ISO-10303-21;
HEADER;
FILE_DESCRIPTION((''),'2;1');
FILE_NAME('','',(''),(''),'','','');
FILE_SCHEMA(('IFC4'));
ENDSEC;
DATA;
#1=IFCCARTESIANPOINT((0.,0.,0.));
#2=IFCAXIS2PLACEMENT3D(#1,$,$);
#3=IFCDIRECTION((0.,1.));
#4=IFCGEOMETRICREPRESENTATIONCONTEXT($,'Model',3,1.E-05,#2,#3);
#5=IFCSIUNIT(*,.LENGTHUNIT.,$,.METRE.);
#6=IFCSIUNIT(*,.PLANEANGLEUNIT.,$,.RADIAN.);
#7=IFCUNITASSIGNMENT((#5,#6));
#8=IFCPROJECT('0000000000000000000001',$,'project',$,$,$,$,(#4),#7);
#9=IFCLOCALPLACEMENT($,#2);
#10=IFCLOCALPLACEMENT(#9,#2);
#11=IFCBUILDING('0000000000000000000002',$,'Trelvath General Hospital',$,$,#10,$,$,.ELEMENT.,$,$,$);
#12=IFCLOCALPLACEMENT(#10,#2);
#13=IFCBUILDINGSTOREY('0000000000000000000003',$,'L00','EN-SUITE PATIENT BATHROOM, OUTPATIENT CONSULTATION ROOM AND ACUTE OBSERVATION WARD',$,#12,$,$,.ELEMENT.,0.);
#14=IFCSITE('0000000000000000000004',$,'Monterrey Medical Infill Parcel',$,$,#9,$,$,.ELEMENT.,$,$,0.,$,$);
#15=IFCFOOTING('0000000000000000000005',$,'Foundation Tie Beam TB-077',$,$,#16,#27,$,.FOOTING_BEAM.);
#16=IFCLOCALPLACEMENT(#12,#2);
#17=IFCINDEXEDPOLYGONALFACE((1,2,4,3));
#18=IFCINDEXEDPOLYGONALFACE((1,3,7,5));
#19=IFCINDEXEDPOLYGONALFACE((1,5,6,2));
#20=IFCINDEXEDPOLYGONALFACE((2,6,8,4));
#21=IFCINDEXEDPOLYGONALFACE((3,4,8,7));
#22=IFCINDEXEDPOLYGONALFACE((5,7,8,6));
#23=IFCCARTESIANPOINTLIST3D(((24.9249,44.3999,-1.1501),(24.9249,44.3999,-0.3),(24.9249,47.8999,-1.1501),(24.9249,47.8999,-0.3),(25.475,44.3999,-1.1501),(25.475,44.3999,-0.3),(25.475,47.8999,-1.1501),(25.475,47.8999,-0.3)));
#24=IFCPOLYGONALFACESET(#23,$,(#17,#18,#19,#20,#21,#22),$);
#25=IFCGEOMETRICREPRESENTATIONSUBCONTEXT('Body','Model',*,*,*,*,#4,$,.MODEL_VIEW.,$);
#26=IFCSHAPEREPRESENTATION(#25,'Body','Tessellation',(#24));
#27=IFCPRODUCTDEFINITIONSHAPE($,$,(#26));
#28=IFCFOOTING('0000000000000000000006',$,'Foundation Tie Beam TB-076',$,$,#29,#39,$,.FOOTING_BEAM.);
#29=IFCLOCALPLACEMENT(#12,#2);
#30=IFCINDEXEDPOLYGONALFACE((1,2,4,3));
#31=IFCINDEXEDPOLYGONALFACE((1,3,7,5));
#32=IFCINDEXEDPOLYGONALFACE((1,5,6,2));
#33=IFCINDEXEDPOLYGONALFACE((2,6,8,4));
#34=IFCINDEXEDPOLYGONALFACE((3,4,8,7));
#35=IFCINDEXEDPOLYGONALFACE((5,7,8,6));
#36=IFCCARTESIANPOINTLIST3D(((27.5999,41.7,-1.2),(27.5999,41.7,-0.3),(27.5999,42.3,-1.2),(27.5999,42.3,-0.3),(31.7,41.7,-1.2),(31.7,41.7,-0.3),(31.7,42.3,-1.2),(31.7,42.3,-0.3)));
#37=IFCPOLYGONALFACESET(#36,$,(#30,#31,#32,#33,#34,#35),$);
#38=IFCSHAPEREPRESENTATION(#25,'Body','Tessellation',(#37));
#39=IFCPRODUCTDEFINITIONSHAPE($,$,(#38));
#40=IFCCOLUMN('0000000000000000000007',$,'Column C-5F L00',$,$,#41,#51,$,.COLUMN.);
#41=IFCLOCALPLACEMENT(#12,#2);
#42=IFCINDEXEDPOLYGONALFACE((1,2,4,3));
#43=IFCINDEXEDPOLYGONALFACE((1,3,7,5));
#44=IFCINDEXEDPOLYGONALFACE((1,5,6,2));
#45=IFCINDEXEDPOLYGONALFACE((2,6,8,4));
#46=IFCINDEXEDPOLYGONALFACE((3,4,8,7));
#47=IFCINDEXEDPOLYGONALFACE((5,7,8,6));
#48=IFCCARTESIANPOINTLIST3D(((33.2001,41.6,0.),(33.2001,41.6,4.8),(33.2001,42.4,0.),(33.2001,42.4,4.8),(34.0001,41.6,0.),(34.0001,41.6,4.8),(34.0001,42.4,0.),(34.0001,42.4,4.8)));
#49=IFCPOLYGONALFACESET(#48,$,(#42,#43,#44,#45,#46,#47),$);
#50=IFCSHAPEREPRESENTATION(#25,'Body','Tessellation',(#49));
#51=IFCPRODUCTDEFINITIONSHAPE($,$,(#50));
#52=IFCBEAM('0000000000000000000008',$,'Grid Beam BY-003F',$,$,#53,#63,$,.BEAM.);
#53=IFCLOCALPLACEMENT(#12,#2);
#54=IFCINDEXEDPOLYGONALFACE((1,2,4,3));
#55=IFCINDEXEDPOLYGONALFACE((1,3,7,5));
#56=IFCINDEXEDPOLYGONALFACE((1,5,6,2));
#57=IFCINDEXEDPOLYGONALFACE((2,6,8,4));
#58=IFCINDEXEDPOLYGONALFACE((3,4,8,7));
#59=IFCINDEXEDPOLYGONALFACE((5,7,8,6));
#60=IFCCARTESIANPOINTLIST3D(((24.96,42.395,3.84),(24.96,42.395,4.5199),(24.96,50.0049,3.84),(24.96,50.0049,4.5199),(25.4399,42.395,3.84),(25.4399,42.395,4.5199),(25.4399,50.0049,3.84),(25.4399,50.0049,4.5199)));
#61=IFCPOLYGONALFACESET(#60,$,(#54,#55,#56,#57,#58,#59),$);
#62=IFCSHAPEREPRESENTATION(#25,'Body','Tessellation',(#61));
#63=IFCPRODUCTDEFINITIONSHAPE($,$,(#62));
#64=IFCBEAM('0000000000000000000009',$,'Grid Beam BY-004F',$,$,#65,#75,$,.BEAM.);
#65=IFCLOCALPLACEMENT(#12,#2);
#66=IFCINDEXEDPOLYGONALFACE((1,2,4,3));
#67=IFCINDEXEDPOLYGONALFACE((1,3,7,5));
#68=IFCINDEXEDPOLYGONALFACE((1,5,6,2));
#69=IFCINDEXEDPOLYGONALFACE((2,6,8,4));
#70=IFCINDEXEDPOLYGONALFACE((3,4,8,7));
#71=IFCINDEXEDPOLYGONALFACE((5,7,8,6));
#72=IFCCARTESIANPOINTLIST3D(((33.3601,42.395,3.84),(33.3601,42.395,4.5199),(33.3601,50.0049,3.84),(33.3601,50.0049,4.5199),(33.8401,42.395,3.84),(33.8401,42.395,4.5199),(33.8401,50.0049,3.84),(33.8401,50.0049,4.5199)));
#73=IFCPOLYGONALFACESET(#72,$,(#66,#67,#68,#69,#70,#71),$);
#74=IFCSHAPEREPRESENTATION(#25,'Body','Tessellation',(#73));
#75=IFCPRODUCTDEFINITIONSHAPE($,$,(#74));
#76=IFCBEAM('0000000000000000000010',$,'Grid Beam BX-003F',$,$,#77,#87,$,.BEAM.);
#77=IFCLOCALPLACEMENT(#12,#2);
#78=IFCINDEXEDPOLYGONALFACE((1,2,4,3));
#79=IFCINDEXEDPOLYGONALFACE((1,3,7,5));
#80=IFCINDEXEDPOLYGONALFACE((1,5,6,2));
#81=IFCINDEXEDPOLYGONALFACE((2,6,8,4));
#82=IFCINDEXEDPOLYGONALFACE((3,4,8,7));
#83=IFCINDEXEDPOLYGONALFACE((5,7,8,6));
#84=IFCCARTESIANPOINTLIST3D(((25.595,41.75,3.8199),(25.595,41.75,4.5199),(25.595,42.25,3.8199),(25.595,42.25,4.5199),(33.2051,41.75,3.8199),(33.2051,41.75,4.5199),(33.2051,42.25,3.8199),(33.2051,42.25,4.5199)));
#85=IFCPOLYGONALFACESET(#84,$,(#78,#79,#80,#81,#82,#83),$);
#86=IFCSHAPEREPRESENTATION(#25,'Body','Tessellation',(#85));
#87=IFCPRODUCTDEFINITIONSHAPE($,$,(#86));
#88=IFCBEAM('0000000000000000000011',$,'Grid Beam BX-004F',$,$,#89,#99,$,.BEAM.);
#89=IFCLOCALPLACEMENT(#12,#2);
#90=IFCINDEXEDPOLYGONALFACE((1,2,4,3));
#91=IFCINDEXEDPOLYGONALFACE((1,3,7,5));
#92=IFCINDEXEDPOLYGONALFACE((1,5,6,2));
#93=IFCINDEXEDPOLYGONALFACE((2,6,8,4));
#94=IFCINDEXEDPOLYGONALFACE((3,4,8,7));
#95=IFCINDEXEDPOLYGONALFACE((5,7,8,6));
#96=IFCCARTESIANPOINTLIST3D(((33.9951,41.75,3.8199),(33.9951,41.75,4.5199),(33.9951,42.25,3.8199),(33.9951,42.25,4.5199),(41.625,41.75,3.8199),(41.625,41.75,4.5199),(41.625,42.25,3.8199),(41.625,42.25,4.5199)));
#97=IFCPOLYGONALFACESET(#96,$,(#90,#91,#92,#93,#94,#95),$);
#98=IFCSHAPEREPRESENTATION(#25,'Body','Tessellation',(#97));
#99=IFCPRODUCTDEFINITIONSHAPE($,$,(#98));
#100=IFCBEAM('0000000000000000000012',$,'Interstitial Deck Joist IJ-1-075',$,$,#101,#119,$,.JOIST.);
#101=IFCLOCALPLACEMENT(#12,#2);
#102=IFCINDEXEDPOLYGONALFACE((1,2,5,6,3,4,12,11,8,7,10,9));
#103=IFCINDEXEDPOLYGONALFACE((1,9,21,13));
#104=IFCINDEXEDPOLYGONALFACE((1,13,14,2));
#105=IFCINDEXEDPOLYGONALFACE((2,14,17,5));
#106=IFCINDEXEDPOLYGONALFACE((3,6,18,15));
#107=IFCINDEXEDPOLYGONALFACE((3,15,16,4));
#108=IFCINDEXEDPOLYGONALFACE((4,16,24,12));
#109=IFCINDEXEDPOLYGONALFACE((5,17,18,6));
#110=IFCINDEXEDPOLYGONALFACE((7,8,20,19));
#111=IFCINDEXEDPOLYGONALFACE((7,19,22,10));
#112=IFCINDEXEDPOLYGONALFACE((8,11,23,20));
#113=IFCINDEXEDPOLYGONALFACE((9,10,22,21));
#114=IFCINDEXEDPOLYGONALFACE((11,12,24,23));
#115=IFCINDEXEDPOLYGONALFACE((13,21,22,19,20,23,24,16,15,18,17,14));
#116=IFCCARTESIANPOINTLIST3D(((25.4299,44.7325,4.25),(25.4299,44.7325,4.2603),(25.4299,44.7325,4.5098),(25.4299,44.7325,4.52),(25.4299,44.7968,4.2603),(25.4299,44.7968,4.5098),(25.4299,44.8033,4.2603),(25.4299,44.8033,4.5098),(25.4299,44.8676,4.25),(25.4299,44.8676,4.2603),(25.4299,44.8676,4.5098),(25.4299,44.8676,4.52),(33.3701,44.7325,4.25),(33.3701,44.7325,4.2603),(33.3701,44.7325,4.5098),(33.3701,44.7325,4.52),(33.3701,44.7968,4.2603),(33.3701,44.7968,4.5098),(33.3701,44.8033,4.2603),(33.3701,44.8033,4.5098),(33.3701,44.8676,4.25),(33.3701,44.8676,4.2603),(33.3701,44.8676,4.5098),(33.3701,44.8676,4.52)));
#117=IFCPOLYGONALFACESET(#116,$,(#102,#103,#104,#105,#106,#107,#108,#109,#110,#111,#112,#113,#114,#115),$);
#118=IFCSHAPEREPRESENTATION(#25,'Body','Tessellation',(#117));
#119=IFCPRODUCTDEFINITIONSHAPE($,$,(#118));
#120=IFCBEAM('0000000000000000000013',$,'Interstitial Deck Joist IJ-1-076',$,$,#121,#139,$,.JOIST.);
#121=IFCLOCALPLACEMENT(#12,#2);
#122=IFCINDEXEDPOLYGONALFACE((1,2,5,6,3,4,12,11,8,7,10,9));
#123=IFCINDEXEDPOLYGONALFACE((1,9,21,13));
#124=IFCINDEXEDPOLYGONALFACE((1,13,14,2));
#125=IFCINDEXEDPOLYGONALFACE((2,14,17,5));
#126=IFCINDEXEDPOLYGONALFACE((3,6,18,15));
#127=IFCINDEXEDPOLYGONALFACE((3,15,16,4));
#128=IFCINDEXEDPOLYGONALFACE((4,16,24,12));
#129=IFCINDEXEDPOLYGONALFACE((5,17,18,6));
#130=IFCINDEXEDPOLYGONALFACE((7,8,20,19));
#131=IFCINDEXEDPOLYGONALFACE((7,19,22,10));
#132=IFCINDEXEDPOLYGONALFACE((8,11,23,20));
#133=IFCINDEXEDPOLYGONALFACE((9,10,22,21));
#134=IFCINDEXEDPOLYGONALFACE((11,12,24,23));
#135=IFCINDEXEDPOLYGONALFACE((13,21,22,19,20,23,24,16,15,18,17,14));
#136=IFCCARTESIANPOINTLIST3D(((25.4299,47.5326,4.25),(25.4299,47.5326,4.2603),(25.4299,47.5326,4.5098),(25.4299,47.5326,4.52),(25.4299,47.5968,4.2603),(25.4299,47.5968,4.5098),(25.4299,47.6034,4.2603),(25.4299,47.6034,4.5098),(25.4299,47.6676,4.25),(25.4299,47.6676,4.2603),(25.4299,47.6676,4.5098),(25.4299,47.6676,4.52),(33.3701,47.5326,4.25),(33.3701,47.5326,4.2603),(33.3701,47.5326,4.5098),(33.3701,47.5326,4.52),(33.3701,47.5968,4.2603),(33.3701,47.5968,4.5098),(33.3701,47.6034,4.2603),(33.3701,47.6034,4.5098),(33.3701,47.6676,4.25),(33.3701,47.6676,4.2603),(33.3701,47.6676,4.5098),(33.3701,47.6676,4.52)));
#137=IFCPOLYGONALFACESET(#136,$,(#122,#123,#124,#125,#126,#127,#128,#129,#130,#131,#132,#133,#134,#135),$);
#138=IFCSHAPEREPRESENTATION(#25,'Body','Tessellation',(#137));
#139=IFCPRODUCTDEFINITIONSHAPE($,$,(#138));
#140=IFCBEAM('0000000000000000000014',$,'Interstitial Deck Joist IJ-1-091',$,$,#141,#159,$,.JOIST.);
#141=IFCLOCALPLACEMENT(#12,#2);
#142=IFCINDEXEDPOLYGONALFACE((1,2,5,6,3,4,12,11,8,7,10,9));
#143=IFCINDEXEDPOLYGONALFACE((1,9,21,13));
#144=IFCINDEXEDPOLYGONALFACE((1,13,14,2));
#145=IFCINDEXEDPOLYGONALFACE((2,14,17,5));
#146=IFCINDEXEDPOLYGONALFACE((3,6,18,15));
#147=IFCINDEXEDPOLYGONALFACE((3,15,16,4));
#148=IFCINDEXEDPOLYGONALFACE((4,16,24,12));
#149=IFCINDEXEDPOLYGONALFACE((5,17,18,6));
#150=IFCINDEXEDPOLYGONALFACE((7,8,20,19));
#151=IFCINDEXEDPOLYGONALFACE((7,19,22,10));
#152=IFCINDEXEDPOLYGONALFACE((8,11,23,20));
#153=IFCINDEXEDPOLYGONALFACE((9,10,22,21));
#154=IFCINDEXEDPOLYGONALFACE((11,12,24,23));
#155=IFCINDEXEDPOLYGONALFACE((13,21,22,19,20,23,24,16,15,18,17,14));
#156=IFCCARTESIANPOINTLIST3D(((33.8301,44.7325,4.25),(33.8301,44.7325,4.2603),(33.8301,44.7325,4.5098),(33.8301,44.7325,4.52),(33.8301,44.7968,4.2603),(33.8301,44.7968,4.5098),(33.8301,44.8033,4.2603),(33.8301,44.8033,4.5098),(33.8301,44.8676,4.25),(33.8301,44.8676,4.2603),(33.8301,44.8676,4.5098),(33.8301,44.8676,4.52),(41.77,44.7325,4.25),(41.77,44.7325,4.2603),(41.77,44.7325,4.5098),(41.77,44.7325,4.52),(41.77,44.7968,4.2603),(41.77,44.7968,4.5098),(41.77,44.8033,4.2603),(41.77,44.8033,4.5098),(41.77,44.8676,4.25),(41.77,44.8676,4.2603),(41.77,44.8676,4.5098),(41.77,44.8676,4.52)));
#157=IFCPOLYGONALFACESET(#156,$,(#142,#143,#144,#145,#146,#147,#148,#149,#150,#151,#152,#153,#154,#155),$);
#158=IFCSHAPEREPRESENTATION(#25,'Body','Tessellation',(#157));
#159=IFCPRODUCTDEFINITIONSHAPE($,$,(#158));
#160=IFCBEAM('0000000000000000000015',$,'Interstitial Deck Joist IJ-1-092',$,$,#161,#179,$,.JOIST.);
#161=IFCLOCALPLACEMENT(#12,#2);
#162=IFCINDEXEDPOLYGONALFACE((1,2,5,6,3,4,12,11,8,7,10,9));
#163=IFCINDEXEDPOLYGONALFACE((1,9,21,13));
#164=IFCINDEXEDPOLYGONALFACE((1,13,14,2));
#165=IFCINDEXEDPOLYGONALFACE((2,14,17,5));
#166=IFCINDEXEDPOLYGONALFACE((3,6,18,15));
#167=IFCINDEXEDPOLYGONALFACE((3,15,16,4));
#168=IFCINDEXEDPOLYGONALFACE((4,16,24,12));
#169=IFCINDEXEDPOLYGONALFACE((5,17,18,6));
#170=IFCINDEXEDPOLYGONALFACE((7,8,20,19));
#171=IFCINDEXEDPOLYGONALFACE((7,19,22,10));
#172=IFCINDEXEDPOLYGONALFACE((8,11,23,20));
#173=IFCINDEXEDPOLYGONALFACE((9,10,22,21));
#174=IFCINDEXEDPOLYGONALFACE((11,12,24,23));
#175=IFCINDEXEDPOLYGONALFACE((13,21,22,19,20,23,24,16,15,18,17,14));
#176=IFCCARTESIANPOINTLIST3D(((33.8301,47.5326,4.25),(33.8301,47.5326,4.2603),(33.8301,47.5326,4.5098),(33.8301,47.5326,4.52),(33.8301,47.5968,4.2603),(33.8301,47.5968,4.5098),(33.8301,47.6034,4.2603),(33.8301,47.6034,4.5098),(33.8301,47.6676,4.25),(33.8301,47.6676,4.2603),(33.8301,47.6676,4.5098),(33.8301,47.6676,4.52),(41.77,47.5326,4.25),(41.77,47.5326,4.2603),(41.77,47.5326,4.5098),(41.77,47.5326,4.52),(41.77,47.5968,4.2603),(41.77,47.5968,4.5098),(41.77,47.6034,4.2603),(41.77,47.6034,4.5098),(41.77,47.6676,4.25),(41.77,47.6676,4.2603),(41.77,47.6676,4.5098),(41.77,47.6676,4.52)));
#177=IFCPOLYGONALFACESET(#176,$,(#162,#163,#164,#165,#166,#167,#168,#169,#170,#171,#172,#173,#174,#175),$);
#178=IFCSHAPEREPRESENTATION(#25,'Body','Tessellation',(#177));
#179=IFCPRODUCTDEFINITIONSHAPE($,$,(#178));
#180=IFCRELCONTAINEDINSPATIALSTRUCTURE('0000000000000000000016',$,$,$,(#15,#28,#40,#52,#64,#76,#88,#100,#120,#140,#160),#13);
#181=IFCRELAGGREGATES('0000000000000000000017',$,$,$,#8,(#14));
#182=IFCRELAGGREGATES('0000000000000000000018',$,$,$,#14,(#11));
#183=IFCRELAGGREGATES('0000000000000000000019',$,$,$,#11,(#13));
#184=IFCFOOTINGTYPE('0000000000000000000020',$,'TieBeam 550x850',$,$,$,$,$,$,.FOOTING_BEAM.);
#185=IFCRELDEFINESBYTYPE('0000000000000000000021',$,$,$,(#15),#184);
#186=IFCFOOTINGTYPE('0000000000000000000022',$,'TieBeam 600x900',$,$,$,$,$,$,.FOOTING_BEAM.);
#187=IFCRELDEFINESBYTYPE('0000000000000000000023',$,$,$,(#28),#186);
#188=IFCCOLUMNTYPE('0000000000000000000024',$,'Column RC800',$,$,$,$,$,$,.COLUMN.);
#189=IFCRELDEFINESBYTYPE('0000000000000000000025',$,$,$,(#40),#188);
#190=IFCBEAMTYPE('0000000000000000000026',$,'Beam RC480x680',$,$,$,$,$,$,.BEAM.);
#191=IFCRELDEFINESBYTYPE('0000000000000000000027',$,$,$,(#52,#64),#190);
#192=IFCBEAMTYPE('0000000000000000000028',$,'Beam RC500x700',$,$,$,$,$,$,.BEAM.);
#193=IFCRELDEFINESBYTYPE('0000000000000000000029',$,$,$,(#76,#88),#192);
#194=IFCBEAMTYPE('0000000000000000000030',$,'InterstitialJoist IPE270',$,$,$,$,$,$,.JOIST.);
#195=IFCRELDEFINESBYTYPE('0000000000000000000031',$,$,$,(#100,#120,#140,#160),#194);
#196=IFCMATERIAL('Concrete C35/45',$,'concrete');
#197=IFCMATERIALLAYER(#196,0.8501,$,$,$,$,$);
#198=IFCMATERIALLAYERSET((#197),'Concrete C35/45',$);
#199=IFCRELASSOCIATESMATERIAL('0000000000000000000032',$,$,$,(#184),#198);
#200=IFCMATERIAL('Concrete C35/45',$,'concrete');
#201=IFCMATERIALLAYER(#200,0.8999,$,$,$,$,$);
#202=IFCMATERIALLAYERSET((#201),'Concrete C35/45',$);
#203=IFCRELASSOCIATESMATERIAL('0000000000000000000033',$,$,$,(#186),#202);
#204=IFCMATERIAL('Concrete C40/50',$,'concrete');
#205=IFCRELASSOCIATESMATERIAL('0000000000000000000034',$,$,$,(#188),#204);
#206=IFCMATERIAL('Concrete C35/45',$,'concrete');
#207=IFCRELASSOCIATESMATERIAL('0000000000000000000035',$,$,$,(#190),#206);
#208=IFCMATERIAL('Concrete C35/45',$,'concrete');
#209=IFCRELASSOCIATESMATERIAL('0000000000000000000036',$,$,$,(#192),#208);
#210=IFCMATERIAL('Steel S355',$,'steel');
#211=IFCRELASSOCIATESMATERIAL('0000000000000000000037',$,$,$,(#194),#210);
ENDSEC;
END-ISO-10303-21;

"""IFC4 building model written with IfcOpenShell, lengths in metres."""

from ifc_helpers import new_model, si_unit, direction, frame, origin, origin_2d, place, context, subcontext, project, spatial, rectangle, i_section, extrude, material, layer, layer_set, material_profile, profile_set, type_object, element, save


model = new_model("IFC4")

# Units and contexts
model_context = context("Model", 3, precision=1e-05, world=origin(), true_north=direction((0.0, 1.0)))
body_context = subcontext(model_context, "Body", "Model", "MODEL_VIEW")
ifc_project = project(units=[si_unit("LENGTHUNIT", "METRE"), si_unit("PLANEANGLEUNIT", "RADIAN")], contexts=[model_context])

# Site, building, storey
site_placement = place(None, origin())
site = spatial("IfcSite", under=ifc_project, at=site_placement, Name="Monterrey Medical Infill Parcel", CompositionType="ELEMENT", RefElevation=0.0)
building_placement = place(site_placement, origin())
building = spatial("IfcBuilding", under=site, at=building_placement, Name="Trelvath General Hospital", CompositionType="ELEMENT")
storey_placement = place(building_placement, origin())
storey = spatial("IfcBuildingStorey", under=building, at=storey_placement, Name="L00", Description="EN-SUITE PATIENT BATHROOM, OUTPATIENT CONSULTATION ROOM AND ACUTE OBSERVATION WARD", CompositionType="ELEMENT", Elevation=0.0)

# Footings
ifc_material_1 = material(Name="Concrete C35/45", Category="concrete")
ifc_layer_1 = layer(ifc_material_1, 0.8501)
ifc_layer_set_1 = layer_set([ifc_layer_1], Name="Concrete C35/45")
footing_type_1 = type_object("IfcFootingType", Name="TieBeam 550x850", PredefinedType="FOOTING_BEAM", material=ifc_layer_set_1)
footing_1_placement = place(storey_placement, frame((25.2, 46.1499, -1.1501), z_axis=(0.0, 0.0, 1.0), x_axis=(1.0, 0.0, 0.0)))
element("IfcFooting", 1, at=footing_1_placement, inside=storey, type_object=footing_type_1, Name="Foundation Tie Beam TB-077", PredefinedType="FOOTING_BEAM", context=body_context, shape_type="SweptSolid", body=[
    extrude(rectangle(XDim=0.55, YDim=3.5, at=origin_2d()), origin(), (0.0, 0.0, 1.0), 0.8501),
])
ifc_material_2 = material(Name="Concrete C35/45", Category="concrete")
ifc_layer_2 = layer(ifc_material_2, 0.8999)
ifc_layer_set_2 = layer_set([ifc_layer_2], Name="Concrete C35/45")
footing_type_2 = type_object("IfcFootingType", Name="TieBeam 600x900", PredefinedType="FOOTING_BEAM", material=ifc_layer_set_2)
footing_2_placement = place(storey_placement, frame((29.6499, 42.0, -1.2), z_axis=(0.0, 0.0, 1.0), x_axis=(1.0, 0.0, 0.0)))
element("IfcFooting", 2, at=footing_2_placement, inside=storey, type_object=footing_type_2, Name="Foundation Tie Beam TB-076", PredefinedType="FOOTING_BEAM", context=body_context, shape_type="SweptSolid", body=[
    extrude(rectangle(XDim=4.1001, YDim=0.6001, at=origin_2d()), origin(), (0.0, 0.0, 1.0), 0.8999),
])

# Column
ifc_material_3 = material(Name="Concrete C40/50", Category="concrete")
ifc_material_profile_1 = material_profile(ifc_material_3, rectangle(XDim=0.8, YDim=0.8, at=origin_2d()), Name="RC800x800")
ifc_profile_set_1 = profile_set([ifc_material_profile_1], Name="Concrete C40/50")
column_type = type_object("IfcColumnType", Name="Column RC800", PredefinedType="COLUMN", material=ifc_profile_set_1)
column_placement = place(storey_placement, frame((33.6001, 42.0, 0.0), z_axis=(0.0, 0.0, 1.0), x_axis=(1.0, 0.0, 0.0)))
element("IfcColumn", 3, at=column_placement, inside=storey, type_object=column_type, Name="Column C-5F L00", PredefinedType="COLUMN", context=body_context, shape_type="SweptSolid", body=[
    extrude(rectangle(XDim=0.8, YDim=0.8, at=origin_2d()), origin(), (0.0, 0.0, 1.0), 4.8),
])

# Beams
ifc_material_4 = material(Name="Concrete C35/45", Category="concrete")
ifc_material_profile_2 = material_profile(ifc_material_4, rectangle(XDim=0.48, YDim=0.6799, at=origin_2d()), Name="RCB480x680")
ifc_profile_set_2 = profile_set([ifc_material_profile_2], Name="Concrete C35/45")
beam_type_1 = type_object("IfcBeamType", Name="Beam RC480x680", PredefinedType="BEAM", material=ifc_profile_set_2)
for number, where, z_axis, x_axis, name in (
    (4, (25.2, 42.395, 4.1799), (0.0, 1.0, 0.0), (-1.0, 0.0, 0.0), "Grid Beam BY-003F"),
    (5, (33.6001, 42.395, 4.1799), (0.0, 1.0, 0.0), (-1.0, 0.0, 0.0), "Grid Beam BY-004F"),
):
    element("IfcBeam", number, at=place(storey_placement, frame(where, z_axis=z_axis, x_axis=x_axis)), inside=storey, type_object=beam_type_1, Name=name, PredefinedType="BEAM", context=body_context, shape_type="SweptSolid", body=[
        extrude(rectangle(XDim=0.48, YDim=0.6799, at=origin_2d()), origin(), (0.0, 0.0, 1.0), 7.6099),
    ])
ifc_material_5 = material(Name="Concrete C35/45", Category="concrete")
ifc_material_profile_3 = material_profile(ifc_material_5, rectangle(XDim=0.5, YDim=0.7, at=origin_2d()), Name="RCB500x700")
ifc_profile_set_3 = profile_set([ifc_material_profile_3], Name="Concrete C35/45")
beam_type_2 = type_object("IfcBeamType", Name="Beam RC500x700", PredefinedType="BEAM", material=ifc_profile_set_3)
beam_1_placement = place(storey_placement, frame((25.595, 42.0, 4.1699), z_axis=(1.0, 0.0, 0.0), x_axis=(0.0, 1.0, 0.0)))
element("IfcBeam", 6, at=beam_1_placement, inside=storey, type_object=beam_type_2, Name="Grid Beam BX-003F", PredefinedType="BEAM", context=body_context, shape_type="SweptSolid", body=[
    extrude(rectangle(XDim=0.5, YDim=0.7, at=origin_2d()), origin(), (0.0, 0.0, 1.0), 7.6101),
])
beam_2_placement = place(storey_placement, frame((33.9951, 42.0, 4.1699), z_axis=(1.0, 0.0, 0.0), x_axis=(0.0, 1.0, 0.0)))
element("IfcBeam", 7, at=beam_2_placement, inside=storey, type_object=beam_type_2, Name="Grid Beam BX-004F", PredefinedType="BEAM", context=body_context, shape_type="SweptSolid", body=[
    extrude(rectangle(XDim=0.5, YDim=0.7, at=origin_2d()), origin(), (0.0, 0.0, 1.0), 7.6299),
])
ifc_material_6 = material(Name="Steel S355", Category="steel")
ifc_material_profile_4 = material_profile(ifc_material_6, i_section(OverallWidth=0.135, OverallDepth=0.27, WebThickness=0.0066, FlangeThickness=0.0103, at=origin_2d()), Name="IPE270")
ifc_profile_set_4 = profile_set([ifc_material_profile_4], Name="Steel S355")
beam_type_3 = type_object("IfcBeamType", Name="InterstitialJoist IPE270", PredefinedType="JOIST", material=ifc_profile_set_4)
for number, where, z_axis, x_axis, name in (
    (8, (25.4299, 44.8, 4.385), (1.0, 0.0, 0.0), (0.0, 1.0, 0.0), "Interstitial Deck Joist IJ-1-075"),
    (9, (25.4299, 47.6001, 4.385), (1.0, 0.0, 0.0), (0.0, 1.0, 0.0), "Interstitial Deck Joist IJ-1-076"),
):
    element("IfcBeam", number, at=place(storey_placement, frame(where, z_axis=z_axis, x_axis=x_axis)), inside=storey, type_object=beam_type_3, Name=name, PredefinedType="JOIST", context=body_context, shape_type="SweptSolid", body=[
        extrude(i_section(OverallWidth=0.135, OverallDepth=0.27, WebThickness=0.0066, FlangeThickness=0.0103, at=origin_2d()), origin(), (0.0, 0.0, 1.0), 7.9402),
    ])
for number, where, z_axis, x_axis, name in (
    (10, (33.8301, 44.8, 4.385), (1.0, 0.0, 0.0), (0.0, 1.0, 0.0), "Interstitial Deck Joist IJ-1-091"),
    (11, (33.8301, 47.6001, 4.385), (1.0, 0.0, 0.0), (0.0, 1.0, 0.0), "Interstitial Deck Joist IJ-1-092"),
):
    element("IfcBeam", number, at=place(storey_placement, frame(where, z_axis=z_axis, x_axis=x_axis)), inside=storey, type_object=beam_type_3, Name=name, PredefinedType="JOIST", context=body_context, shape_type="SweptSolid", body=[
        extrude(i_section(OverallWidth=0.135, OverallDepth=0.27, WebThickness=0.0066, FlangeThickness=0.0103, at=origin_2d()), origin(), (0.0, 0.0, 1.0), 7.9399),
    ])

save(model, "model.ifc")
